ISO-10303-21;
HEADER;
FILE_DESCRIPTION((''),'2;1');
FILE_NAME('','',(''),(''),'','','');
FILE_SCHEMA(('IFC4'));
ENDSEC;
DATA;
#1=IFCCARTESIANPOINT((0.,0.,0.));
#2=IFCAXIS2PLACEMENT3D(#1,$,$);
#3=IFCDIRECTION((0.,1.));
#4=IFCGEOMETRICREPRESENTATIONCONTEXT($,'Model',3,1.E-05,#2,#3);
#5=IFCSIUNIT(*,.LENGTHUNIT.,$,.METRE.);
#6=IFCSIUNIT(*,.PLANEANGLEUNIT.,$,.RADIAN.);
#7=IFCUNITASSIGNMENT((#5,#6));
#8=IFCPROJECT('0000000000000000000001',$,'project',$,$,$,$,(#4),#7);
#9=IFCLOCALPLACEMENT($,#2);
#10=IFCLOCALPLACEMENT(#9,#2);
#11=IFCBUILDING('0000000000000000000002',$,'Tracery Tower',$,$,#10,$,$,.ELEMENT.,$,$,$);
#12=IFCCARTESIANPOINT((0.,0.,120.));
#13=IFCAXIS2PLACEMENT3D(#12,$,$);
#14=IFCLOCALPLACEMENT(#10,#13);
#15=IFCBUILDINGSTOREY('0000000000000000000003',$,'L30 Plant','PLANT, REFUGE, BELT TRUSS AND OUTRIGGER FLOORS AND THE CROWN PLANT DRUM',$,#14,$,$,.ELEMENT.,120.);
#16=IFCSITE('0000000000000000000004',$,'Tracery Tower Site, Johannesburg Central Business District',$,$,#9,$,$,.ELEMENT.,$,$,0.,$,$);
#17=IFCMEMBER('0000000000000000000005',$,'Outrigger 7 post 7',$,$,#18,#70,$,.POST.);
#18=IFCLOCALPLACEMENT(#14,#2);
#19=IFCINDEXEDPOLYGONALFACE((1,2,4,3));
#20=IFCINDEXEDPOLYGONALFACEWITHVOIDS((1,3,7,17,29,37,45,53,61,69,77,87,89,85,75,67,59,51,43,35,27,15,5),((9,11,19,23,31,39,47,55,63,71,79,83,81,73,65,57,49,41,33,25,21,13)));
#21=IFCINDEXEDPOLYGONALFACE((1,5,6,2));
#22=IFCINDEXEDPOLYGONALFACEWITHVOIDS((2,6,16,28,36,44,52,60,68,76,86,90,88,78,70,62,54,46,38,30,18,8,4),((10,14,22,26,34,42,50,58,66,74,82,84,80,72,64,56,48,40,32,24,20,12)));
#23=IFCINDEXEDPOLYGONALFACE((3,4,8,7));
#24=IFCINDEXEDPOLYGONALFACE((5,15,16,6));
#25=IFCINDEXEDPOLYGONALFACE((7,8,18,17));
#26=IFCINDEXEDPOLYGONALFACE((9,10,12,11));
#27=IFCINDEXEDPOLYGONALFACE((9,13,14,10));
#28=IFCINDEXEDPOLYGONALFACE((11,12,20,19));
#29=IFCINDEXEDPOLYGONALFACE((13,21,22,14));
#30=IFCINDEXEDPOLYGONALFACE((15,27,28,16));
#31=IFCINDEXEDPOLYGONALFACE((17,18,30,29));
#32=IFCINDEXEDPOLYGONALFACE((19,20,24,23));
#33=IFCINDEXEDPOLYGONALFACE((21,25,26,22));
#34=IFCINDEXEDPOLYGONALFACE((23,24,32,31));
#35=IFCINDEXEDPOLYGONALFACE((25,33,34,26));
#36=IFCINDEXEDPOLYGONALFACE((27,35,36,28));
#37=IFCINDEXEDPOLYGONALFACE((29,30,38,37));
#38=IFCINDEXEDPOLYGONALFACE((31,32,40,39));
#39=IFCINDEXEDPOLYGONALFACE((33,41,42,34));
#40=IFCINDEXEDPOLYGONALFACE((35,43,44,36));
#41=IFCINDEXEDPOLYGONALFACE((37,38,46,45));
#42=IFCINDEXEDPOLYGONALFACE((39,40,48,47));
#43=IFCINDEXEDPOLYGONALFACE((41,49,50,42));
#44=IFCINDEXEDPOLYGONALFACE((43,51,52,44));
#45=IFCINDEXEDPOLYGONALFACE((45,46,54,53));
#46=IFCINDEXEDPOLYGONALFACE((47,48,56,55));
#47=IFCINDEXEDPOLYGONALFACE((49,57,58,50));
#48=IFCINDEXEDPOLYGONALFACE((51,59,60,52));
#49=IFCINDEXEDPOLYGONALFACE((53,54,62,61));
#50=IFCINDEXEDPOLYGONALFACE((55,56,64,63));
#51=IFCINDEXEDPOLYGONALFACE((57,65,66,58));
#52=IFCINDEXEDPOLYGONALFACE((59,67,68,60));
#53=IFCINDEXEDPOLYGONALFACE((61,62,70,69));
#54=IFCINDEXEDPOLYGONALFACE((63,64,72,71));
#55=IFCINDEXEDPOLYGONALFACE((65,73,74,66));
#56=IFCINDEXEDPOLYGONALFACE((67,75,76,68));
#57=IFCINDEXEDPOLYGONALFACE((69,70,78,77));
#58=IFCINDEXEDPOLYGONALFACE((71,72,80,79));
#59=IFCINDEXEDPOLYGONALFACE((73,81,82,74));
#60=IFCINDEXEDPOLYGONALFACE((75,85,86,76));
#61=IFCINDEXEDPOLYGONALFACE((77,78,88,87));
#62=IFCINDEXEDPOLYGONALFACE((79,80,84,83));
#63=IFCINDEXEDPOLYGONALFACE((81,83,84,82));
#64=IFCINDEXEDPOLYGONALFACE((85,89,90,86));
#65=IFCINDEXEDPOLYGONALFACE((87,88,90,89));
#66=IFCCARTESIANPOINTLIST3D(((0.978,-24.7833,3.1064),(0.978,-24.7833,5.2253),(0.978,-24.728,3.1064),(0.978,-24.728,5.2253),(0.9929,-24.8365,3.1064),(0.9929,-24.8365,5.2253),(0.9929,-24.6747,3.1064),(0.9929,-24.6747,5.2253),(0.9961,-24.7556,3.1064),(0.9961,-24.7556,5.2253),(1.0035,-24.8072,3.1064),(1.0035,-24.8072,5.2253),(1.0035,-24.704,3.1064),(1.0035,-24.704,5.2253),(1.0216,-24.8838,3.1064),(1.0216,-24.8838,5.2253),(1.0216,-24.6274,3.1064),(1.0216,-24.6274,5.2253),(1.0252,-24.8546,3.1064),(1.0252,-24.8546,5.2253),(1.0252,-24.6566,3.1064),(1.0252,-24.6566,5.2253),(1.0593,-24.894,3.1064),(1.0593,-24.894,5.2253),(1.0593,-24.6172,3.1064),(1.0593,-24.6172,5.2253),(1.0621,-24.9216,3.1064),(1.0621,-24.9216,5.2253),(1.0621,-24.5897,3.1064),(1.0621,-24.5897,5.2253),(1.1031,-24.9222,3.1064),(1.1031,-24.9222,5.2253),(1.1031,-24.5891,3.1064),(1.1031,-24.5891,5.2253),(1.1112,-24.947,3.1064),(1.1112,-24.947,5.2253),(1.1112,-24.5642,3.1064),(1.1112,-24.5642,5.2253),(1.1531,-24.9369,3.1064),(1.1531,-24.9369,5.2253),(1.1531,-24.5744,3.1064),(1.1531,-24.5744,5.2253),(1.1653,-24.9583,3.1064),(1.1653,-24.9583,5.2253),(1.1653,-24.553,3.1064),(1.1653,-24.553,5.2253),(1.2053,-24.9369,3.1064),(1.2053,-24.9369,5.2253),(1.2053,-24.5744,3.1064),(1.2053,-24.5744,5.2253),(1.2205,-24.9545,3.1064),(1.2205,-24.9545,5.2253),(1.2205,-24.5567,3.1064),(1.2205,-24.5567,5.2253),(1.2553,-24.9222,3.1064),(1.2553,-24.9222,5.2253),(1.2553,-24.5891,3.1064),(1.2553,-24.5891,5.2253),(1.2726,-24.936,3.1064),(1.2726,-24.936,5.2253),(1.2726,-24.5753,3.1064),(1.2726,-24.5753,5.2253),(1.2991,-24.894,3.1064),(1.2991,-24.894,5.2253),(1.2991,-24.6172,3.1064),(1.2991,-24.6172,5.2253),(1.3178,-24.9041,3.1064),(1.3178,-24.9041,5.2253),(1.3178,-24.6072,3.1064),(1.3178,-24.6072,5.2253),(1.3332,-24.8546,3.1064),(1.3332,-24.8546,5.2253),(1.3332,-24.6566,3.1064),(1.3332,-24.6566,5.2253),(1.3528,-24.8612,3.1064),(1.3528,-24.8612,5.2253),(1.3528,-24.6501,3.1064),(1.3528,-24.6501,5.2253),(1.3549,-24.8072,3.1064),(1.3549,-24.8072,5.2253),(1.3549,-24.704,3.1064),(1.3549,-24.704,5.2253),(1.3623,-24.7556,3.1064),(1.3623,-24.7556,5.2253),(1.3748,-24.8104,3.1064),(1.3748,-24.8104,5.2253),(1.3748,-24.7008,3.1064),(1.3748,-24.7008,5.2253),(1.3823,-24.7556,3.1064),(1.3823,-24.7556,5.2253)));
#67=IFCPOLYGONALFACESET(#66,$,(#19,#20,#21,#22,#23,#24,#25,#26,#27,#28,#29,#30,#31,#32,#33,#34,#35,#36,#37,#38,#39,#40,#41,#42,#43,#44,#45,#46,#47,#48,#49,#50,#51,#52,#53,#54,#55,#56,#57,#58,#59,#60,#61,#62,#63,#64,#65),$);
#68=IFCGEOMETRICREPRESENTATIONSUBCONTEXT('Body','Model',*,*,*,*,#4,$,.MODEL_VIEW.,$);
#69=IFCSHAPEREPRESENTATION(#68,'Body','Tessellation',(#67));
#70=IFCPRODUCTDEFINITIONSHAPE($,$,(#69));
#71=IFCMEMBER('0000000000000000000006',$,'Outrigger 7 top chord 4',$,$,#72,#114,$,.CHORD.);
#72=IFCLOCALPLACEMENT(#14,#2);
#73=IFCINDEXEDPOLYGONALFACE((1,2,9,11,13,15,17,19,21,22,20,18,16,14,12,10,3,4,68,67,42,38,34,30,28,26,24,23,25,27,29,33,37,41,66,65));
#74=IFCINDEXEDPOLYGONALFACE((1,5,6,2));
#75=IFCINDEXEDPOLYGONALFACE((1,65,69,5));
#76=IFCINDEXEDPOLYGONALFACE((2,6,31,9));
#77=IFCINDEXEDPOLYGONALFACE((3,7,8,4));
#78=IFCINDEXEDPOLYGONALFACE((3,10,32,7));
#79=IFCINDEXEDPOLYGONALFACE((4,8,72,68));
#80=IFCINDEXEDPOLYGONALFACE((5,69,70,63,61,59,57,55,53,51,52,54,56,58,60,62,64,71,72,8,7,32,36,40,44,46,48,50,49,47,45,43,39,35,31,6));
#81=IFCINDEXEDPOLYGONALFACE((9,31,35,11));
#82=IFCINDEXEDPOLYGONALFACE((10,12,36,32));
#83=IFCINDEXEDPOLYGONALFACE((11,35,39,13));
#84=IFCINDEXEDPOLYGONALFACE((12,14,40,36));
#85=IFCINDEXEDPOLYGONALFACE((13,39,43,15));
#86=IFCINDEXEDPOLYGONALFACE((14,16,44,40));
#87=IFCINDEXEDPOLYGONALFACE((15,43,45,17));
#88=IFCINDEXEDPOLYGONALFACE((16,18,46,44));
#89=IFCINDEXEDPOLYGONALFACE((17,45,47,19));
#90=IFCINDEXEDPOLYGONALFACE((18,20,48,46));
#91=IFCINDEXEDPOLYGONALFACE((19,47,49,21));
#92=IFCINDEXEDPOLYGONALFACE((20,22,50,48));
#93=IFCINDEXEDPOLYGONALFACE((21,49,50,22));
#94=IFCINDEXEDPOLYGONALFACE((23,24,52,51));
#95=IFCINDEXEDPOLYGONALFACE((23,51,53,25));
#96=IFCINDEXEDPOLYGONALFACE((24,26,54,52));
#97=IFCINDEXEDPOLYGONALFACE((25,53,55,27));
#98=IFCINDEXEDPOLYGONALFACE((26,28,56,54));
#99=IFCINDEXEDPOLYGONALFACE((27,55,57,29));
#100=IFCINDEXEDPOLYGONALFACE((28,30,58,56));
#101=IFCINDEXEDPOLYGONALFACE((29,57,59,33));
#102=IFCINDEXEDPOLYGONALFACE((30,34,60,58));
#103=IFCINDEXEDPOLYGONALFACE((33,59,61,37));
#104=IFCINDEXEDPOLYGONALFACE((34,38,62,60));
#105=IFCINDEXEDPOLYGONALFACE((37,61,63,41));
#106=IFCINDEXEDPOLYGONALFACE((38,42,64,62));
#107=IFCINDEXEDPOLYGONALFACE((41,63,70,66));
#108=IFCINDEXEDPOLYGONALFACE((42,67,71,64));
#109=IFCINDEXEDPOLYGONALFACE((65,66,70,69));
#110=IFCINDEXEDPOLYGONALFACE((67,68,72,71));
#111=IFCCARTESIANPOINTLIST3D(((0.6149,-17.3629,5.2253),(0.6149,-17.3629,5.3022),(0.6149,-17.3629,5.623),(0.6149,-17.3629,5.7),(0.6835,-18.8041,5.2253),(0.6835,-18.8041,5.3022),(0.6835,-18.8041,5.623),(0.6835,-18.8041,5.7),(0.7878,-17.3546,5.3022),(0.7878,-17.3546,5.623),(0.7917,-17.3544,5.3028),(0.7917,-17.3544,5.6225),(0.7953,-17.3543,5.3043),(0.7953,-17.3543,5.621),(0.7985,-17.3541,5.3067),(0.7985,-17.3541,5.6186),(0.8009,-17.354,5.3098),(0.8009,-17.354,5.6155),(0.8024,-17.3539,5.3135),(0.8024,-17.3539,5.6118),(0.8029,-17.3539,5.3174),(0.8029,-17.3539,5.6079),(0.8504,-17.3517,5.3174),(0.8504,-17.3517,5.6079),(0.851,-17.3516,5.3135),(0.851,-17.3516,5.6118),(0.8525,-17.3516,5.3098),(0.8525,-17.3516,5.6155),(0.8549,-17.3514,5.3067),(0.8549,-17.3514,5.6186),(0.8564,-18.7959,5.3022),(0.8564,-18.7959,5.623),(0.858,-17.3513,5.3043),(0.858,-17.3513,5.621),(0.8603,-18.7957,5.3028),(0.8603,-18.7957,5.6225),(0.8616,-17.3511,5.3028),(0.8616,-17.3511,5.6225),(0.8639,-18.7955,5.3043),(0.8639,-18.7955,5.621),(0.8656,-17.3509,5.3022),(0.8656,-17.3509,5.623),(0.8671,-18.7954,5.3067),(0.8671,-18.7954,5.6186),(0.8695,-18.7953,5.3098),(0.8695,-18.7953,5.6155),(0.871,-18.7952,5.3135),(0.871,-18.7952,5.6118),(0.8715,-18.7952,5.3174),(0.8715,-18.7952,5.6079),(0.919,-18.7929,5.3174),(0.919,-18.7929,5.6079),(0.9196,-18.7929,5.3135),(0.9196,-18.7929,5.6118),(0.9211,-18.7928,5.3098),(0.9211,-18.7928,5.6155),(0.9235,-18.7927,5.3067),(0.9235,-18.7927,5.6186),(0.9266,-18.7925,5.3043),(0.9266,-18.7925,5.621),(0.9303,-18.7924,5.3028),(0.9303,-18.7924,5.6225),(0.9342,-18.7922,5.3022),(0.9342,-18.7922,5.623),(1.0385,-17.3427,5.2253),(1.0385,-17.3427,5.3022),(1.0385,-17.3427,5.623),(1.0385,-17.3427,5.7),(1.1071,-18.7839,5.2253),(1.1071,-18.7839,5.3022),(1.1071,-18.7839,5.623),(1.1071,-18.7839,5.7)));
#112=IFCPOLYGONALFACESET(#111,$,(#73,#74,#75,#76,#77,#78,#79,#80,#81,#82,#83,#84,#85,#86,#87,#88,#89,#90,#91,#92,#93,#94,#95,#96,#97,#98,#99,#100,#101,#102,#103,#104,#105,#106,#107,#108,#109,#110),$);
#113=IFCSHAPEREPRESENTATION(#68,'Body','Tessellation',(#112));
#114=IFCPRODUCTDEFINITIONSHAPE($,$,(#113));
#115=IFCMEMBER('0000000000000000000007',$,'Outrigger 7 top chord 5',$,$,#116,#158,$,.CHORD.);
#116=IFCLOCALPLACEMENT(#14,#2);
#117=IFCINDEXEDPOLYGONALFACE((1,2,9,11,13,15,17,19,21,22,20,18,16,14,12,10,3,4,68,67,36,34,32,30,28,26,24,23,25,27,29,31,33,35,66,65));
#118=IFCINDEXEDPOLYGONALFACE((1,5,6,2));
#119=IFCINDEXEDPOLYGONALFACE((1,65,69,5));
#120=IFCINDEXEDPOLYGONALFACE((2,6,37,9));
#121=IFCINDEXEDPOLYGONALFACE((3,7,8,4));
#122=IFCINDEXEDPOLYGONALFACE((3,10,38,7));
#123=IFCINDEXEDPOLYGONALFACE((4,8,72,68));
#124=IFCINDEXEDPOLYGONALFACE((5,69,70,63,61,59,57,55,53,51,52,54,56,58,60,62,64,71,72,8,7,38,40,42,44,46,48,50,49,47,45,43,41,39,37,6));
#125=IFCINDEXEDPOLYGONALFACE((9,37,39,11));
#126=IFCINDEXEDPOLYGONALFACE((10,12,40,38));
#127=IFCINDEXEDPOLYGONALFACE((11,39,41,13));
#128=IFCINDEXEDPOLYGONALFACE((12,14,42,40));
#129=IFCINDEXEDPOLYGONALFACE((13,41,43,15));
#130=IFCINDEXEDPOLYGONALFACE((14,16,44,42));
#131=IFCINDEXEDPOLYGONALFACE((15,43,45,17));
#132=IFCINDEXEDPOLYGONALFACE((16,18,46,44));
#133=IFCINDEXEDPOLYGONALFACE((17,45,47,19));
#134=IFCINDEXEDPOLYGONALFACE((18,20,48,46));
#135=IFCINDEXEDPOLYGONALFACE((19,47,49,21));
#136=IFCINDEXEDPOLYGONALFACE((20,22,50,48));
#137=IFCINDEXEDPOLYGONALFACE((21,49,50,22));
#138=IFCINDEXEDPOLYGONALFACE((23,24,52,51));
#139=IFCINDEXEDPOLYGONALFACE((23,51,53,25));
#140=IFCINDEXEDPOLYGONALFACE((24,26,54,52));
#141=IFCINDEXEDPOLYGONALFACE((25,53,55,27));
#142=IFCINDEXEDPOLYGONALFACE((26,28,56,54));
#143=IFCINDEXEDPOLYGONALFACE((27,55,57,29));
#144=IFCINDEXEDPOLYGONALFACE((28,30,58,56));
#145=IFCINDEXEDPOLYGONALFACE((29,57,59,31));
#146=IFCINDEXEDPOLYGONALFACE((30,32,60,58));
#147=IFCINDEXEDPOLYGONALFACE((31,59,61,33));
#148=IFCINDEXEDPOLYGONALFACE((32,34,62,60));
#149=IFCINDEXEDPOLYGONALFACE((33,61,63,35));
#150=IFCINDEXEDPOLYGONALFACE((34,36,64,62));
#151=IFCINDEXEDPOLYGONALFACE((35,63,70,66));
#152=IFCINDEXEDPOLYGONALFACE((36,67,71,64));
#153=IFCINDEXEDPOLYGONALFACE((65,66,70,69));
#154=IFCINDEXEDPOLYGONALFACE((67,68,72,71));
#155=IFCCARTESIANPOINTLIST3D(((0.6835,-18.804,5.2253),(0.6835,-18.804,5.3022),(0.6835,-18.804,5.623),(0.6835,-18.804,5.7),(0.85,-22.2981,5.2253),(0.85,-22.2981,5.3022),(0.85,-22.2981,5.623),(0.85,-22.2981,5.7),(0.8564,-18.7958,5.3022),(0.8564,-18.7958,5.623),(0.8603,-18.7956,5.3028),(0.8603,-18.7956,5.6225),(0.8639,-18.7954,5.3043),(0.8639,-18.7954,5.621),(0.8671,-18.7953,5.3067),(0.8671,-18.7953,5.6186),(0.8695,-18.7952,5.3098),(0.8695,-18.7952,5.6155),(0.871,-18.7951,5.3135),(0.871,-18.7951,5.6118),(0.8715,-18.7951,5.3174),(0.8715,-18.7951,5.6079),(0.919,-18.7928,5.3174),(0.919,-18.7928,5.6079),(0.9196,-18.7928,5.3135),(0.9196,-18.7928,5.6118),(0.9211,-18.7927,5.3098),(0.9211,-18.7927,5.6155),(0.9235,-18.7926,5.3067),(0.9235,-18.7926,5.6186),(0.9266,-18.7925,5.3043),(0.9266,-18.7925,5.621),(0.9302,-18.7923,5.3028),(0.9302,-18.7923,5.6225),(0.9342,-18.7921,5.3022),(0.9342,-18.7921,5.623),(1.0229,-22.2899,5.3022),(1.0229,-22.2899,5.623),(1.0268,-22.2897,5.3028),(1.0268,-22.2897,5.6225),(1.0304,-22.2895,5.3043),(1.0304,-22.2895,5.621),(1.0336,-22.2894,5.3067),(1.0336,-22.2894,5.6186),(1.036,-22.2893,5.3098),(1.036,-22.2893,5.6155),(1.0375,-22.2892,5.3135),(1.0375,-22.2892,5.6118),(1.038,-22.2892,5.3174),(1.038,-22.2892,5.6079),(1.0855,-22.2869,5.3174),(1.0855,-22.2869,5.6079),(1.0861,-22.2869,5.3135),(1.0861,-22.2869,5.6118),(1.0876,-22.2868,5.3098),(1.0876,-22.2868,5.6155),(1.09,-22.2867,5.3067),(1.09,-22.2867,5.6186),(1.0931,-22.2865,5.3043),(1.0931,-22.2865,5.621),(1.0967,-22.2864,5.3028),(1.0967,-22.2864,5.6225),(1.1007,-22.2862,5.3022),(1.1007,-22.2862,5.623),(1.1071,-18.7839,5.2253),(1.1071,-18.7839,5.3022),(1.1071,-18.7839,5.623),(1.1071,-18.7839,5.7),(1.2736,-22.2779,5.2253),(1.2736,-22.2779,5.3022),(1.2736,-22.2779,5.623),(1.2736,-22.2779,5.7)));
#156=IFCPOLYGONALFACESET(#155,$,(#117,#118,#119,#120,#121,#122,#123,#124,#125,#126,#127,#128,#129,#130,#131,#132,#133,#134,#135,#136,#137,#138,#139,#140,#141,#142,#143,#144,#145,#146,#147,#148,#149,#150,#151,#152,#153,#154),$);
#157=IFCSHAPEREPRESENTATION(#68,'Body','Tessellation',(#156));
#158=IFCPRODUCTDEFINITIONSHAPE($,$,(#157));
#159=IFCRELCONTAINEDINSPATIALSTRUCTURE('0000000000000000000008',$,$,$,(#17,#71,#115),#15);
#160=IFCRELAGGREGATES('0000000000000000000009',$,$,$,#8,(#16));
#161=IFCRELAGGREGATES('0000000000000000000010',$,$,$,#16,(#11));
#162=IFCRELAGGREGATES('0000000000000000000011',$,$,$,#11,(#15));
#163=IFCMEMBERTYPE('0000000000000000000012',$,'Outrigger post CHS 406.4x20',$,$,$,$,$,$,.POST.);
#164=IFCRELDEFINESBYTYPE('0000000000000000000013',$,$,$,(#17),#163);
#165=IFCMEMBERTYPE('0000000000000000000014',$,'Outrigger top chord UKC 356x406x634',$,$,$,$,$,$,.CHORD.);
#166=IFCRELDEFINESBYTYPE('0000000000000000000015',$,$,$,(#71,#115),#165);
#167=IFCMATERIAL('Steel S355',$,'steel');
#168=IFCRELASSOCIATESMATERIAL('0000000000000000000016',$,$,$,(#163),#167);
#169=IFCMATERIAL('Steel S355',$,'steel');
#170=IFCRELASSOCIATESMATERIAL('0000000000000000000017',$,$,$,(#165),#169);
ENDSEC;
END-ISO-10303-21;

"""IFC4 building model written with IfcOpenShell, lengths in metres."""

from ifc_helpers import new_model, si_unit, direction, frame, origin, origin_2d, place, context, subcontext, project, spatial, hollow_circle, i_section, extrude, material, material_profile, profile_set, type_object, element, save


model = new_model("IFC4")

# Units and contexts
model_context = context("Model", 3, precision=1e-05, world=origin(), true_north=direction((0.0, 1.0)))
body_context = subcontext(model_context, "Body", "Model", "MODEL_VIEW")
ifc_project = project(units=[si_unit("LENGTHUNIT", "METRE"), si_unit("PLANEANGLEUNIT", "RADIAN")], contexts=[model_context])

# Site, building, storey
site_placement = place(None, origin())
site = spatial("IfcSite", under=ifc_project, at=site_placement, Name="Tracery Tower Site, Johannesburg Central Business District", CompositionType="ELEMENT", RefElevation=0.0)
building_placement = place(site_placement, origin())
building = spatial("IfcBuilding", under=site, at=building_placement, Name="Tracery Tower", CompositionType="ELEMENT")
storey_placement = place(building_placement, frame((0.0, 0.0, 120.0)))
storey = spatial("IfcBuildingStorey", under=building, at=storey_placement, Name="L30 Plant", Description="PLANT, REFUGE, BELT TRUSS AND OUTRIGGER FLOORS AND THE CROWN PLANT DRUM", CompositionType="ELEMENT", Elevation=120.0)

# Members
ifc_material_1 = material(Name="Steel S355", Category="steel")
ifc_material_profile_1 = material_profile(ifc_material_1, hollow_circle(Radius=0.2031, WallThickness=0.02, at=origin_2d()), Name="CHS 406.4x20")
ifc_profile_set_1 = profile_set([ifc_material_profile_1], Name="Steel S355")
member_type_1 = type_object("IfcMemberType", Name="Outrigger post CHS 406.4x20", PredefinedType="POST", material=ifc_profile_set_1)
for number, where, z_axis, x_axis, name in (
    (1, (1.1792, -24.7556, 3.1064), (0.0, 0.0, 1.0), (1.0, 0.0, 0.0), "Outrigger 7 post 7"),
):
    element("IfcMember", number, at=place(storey_placement, frame(where, z_axis=z_axis, x_axis=x_axis)), inside=storey, type_object=member_type_1, Name=name, PredefinedType="POST", context=body_context, shape_type="SweptSolid", body=[
        extrude(hollow_circle(Radius=0.2031, WallThickness=0.02, at=origin_2d()), origin(), (0.0, 0.0, 1.0), 2.1189),
    ])
ifc_material_2 = material(Name="Steel S355", Category="steel")
ifc_material_profile_2 = material_profile(ifc_material_2, i_section(OverallWidth=0.4241, OverallDepth=0.4746, WebThickness=0.0476, FlangeThickness=0.0769, FilletRadius=0.0151, at=origin_2d()), Name="UKC 356x406x634")
ifc_profile_set_2 = profile_set([ifc_material_profile_2], Name="Steel S355")
member_type_2 = type_object("IfcMemberType", Name="Outrigger top chord UKC 356x406x634", PredefinedType="CHORD", material=ifc_profile_set_2)
member_1_placement = place(storey_placement, frame((0.8267, -17.3528, 5.4626), z_axis=(0.047549, -0.998869, 0.0), x_axis=(0.998869, 0.047549, 0.0)))
element("IfcMember", 2, at=member_1_placement, inside=storey, type_object=member_type_2, Name="Outrigger 7 top chord 4", PredefinedType="CHORD", context=body_context, shape_type="SweptSolid", body=[
    extrude(i_section(OverallWidth=0.4241, OverallDepth=0.4746, WebThickness=0.0476, FlangeThickness=0.0769, FilletRadius=0.0151, at=origin_2d()), origin(), (0.0, 0.0, 1.0), 1.4429),
])
member_2_placement = place(storey_placement, frame((0.8953, -18.7939, 5.4626), z_axis=(0.047598, -0.998867, 0.0), x_axis=(0.998867, 0.047598, 0.0)))
element("IfcMember", 3, at=member_2_placement, inside=storey, type_object=member_type_2, Name="Outrigger 7 top chord 5", PredefinedType="CHORD", context=body_context, shape_type="SweptSolid", body=[
    extrude(i_section(OverallWidth=0.4241, OverallDepth=0.4746, WebThickness=0.0476, FlangeThickness=0.0769, FilletRadius=0.0151, at=origin_2d()), origin(), (0.0, 0.0, 1.0), 3.498),
])

save(model, "model.ifc")
